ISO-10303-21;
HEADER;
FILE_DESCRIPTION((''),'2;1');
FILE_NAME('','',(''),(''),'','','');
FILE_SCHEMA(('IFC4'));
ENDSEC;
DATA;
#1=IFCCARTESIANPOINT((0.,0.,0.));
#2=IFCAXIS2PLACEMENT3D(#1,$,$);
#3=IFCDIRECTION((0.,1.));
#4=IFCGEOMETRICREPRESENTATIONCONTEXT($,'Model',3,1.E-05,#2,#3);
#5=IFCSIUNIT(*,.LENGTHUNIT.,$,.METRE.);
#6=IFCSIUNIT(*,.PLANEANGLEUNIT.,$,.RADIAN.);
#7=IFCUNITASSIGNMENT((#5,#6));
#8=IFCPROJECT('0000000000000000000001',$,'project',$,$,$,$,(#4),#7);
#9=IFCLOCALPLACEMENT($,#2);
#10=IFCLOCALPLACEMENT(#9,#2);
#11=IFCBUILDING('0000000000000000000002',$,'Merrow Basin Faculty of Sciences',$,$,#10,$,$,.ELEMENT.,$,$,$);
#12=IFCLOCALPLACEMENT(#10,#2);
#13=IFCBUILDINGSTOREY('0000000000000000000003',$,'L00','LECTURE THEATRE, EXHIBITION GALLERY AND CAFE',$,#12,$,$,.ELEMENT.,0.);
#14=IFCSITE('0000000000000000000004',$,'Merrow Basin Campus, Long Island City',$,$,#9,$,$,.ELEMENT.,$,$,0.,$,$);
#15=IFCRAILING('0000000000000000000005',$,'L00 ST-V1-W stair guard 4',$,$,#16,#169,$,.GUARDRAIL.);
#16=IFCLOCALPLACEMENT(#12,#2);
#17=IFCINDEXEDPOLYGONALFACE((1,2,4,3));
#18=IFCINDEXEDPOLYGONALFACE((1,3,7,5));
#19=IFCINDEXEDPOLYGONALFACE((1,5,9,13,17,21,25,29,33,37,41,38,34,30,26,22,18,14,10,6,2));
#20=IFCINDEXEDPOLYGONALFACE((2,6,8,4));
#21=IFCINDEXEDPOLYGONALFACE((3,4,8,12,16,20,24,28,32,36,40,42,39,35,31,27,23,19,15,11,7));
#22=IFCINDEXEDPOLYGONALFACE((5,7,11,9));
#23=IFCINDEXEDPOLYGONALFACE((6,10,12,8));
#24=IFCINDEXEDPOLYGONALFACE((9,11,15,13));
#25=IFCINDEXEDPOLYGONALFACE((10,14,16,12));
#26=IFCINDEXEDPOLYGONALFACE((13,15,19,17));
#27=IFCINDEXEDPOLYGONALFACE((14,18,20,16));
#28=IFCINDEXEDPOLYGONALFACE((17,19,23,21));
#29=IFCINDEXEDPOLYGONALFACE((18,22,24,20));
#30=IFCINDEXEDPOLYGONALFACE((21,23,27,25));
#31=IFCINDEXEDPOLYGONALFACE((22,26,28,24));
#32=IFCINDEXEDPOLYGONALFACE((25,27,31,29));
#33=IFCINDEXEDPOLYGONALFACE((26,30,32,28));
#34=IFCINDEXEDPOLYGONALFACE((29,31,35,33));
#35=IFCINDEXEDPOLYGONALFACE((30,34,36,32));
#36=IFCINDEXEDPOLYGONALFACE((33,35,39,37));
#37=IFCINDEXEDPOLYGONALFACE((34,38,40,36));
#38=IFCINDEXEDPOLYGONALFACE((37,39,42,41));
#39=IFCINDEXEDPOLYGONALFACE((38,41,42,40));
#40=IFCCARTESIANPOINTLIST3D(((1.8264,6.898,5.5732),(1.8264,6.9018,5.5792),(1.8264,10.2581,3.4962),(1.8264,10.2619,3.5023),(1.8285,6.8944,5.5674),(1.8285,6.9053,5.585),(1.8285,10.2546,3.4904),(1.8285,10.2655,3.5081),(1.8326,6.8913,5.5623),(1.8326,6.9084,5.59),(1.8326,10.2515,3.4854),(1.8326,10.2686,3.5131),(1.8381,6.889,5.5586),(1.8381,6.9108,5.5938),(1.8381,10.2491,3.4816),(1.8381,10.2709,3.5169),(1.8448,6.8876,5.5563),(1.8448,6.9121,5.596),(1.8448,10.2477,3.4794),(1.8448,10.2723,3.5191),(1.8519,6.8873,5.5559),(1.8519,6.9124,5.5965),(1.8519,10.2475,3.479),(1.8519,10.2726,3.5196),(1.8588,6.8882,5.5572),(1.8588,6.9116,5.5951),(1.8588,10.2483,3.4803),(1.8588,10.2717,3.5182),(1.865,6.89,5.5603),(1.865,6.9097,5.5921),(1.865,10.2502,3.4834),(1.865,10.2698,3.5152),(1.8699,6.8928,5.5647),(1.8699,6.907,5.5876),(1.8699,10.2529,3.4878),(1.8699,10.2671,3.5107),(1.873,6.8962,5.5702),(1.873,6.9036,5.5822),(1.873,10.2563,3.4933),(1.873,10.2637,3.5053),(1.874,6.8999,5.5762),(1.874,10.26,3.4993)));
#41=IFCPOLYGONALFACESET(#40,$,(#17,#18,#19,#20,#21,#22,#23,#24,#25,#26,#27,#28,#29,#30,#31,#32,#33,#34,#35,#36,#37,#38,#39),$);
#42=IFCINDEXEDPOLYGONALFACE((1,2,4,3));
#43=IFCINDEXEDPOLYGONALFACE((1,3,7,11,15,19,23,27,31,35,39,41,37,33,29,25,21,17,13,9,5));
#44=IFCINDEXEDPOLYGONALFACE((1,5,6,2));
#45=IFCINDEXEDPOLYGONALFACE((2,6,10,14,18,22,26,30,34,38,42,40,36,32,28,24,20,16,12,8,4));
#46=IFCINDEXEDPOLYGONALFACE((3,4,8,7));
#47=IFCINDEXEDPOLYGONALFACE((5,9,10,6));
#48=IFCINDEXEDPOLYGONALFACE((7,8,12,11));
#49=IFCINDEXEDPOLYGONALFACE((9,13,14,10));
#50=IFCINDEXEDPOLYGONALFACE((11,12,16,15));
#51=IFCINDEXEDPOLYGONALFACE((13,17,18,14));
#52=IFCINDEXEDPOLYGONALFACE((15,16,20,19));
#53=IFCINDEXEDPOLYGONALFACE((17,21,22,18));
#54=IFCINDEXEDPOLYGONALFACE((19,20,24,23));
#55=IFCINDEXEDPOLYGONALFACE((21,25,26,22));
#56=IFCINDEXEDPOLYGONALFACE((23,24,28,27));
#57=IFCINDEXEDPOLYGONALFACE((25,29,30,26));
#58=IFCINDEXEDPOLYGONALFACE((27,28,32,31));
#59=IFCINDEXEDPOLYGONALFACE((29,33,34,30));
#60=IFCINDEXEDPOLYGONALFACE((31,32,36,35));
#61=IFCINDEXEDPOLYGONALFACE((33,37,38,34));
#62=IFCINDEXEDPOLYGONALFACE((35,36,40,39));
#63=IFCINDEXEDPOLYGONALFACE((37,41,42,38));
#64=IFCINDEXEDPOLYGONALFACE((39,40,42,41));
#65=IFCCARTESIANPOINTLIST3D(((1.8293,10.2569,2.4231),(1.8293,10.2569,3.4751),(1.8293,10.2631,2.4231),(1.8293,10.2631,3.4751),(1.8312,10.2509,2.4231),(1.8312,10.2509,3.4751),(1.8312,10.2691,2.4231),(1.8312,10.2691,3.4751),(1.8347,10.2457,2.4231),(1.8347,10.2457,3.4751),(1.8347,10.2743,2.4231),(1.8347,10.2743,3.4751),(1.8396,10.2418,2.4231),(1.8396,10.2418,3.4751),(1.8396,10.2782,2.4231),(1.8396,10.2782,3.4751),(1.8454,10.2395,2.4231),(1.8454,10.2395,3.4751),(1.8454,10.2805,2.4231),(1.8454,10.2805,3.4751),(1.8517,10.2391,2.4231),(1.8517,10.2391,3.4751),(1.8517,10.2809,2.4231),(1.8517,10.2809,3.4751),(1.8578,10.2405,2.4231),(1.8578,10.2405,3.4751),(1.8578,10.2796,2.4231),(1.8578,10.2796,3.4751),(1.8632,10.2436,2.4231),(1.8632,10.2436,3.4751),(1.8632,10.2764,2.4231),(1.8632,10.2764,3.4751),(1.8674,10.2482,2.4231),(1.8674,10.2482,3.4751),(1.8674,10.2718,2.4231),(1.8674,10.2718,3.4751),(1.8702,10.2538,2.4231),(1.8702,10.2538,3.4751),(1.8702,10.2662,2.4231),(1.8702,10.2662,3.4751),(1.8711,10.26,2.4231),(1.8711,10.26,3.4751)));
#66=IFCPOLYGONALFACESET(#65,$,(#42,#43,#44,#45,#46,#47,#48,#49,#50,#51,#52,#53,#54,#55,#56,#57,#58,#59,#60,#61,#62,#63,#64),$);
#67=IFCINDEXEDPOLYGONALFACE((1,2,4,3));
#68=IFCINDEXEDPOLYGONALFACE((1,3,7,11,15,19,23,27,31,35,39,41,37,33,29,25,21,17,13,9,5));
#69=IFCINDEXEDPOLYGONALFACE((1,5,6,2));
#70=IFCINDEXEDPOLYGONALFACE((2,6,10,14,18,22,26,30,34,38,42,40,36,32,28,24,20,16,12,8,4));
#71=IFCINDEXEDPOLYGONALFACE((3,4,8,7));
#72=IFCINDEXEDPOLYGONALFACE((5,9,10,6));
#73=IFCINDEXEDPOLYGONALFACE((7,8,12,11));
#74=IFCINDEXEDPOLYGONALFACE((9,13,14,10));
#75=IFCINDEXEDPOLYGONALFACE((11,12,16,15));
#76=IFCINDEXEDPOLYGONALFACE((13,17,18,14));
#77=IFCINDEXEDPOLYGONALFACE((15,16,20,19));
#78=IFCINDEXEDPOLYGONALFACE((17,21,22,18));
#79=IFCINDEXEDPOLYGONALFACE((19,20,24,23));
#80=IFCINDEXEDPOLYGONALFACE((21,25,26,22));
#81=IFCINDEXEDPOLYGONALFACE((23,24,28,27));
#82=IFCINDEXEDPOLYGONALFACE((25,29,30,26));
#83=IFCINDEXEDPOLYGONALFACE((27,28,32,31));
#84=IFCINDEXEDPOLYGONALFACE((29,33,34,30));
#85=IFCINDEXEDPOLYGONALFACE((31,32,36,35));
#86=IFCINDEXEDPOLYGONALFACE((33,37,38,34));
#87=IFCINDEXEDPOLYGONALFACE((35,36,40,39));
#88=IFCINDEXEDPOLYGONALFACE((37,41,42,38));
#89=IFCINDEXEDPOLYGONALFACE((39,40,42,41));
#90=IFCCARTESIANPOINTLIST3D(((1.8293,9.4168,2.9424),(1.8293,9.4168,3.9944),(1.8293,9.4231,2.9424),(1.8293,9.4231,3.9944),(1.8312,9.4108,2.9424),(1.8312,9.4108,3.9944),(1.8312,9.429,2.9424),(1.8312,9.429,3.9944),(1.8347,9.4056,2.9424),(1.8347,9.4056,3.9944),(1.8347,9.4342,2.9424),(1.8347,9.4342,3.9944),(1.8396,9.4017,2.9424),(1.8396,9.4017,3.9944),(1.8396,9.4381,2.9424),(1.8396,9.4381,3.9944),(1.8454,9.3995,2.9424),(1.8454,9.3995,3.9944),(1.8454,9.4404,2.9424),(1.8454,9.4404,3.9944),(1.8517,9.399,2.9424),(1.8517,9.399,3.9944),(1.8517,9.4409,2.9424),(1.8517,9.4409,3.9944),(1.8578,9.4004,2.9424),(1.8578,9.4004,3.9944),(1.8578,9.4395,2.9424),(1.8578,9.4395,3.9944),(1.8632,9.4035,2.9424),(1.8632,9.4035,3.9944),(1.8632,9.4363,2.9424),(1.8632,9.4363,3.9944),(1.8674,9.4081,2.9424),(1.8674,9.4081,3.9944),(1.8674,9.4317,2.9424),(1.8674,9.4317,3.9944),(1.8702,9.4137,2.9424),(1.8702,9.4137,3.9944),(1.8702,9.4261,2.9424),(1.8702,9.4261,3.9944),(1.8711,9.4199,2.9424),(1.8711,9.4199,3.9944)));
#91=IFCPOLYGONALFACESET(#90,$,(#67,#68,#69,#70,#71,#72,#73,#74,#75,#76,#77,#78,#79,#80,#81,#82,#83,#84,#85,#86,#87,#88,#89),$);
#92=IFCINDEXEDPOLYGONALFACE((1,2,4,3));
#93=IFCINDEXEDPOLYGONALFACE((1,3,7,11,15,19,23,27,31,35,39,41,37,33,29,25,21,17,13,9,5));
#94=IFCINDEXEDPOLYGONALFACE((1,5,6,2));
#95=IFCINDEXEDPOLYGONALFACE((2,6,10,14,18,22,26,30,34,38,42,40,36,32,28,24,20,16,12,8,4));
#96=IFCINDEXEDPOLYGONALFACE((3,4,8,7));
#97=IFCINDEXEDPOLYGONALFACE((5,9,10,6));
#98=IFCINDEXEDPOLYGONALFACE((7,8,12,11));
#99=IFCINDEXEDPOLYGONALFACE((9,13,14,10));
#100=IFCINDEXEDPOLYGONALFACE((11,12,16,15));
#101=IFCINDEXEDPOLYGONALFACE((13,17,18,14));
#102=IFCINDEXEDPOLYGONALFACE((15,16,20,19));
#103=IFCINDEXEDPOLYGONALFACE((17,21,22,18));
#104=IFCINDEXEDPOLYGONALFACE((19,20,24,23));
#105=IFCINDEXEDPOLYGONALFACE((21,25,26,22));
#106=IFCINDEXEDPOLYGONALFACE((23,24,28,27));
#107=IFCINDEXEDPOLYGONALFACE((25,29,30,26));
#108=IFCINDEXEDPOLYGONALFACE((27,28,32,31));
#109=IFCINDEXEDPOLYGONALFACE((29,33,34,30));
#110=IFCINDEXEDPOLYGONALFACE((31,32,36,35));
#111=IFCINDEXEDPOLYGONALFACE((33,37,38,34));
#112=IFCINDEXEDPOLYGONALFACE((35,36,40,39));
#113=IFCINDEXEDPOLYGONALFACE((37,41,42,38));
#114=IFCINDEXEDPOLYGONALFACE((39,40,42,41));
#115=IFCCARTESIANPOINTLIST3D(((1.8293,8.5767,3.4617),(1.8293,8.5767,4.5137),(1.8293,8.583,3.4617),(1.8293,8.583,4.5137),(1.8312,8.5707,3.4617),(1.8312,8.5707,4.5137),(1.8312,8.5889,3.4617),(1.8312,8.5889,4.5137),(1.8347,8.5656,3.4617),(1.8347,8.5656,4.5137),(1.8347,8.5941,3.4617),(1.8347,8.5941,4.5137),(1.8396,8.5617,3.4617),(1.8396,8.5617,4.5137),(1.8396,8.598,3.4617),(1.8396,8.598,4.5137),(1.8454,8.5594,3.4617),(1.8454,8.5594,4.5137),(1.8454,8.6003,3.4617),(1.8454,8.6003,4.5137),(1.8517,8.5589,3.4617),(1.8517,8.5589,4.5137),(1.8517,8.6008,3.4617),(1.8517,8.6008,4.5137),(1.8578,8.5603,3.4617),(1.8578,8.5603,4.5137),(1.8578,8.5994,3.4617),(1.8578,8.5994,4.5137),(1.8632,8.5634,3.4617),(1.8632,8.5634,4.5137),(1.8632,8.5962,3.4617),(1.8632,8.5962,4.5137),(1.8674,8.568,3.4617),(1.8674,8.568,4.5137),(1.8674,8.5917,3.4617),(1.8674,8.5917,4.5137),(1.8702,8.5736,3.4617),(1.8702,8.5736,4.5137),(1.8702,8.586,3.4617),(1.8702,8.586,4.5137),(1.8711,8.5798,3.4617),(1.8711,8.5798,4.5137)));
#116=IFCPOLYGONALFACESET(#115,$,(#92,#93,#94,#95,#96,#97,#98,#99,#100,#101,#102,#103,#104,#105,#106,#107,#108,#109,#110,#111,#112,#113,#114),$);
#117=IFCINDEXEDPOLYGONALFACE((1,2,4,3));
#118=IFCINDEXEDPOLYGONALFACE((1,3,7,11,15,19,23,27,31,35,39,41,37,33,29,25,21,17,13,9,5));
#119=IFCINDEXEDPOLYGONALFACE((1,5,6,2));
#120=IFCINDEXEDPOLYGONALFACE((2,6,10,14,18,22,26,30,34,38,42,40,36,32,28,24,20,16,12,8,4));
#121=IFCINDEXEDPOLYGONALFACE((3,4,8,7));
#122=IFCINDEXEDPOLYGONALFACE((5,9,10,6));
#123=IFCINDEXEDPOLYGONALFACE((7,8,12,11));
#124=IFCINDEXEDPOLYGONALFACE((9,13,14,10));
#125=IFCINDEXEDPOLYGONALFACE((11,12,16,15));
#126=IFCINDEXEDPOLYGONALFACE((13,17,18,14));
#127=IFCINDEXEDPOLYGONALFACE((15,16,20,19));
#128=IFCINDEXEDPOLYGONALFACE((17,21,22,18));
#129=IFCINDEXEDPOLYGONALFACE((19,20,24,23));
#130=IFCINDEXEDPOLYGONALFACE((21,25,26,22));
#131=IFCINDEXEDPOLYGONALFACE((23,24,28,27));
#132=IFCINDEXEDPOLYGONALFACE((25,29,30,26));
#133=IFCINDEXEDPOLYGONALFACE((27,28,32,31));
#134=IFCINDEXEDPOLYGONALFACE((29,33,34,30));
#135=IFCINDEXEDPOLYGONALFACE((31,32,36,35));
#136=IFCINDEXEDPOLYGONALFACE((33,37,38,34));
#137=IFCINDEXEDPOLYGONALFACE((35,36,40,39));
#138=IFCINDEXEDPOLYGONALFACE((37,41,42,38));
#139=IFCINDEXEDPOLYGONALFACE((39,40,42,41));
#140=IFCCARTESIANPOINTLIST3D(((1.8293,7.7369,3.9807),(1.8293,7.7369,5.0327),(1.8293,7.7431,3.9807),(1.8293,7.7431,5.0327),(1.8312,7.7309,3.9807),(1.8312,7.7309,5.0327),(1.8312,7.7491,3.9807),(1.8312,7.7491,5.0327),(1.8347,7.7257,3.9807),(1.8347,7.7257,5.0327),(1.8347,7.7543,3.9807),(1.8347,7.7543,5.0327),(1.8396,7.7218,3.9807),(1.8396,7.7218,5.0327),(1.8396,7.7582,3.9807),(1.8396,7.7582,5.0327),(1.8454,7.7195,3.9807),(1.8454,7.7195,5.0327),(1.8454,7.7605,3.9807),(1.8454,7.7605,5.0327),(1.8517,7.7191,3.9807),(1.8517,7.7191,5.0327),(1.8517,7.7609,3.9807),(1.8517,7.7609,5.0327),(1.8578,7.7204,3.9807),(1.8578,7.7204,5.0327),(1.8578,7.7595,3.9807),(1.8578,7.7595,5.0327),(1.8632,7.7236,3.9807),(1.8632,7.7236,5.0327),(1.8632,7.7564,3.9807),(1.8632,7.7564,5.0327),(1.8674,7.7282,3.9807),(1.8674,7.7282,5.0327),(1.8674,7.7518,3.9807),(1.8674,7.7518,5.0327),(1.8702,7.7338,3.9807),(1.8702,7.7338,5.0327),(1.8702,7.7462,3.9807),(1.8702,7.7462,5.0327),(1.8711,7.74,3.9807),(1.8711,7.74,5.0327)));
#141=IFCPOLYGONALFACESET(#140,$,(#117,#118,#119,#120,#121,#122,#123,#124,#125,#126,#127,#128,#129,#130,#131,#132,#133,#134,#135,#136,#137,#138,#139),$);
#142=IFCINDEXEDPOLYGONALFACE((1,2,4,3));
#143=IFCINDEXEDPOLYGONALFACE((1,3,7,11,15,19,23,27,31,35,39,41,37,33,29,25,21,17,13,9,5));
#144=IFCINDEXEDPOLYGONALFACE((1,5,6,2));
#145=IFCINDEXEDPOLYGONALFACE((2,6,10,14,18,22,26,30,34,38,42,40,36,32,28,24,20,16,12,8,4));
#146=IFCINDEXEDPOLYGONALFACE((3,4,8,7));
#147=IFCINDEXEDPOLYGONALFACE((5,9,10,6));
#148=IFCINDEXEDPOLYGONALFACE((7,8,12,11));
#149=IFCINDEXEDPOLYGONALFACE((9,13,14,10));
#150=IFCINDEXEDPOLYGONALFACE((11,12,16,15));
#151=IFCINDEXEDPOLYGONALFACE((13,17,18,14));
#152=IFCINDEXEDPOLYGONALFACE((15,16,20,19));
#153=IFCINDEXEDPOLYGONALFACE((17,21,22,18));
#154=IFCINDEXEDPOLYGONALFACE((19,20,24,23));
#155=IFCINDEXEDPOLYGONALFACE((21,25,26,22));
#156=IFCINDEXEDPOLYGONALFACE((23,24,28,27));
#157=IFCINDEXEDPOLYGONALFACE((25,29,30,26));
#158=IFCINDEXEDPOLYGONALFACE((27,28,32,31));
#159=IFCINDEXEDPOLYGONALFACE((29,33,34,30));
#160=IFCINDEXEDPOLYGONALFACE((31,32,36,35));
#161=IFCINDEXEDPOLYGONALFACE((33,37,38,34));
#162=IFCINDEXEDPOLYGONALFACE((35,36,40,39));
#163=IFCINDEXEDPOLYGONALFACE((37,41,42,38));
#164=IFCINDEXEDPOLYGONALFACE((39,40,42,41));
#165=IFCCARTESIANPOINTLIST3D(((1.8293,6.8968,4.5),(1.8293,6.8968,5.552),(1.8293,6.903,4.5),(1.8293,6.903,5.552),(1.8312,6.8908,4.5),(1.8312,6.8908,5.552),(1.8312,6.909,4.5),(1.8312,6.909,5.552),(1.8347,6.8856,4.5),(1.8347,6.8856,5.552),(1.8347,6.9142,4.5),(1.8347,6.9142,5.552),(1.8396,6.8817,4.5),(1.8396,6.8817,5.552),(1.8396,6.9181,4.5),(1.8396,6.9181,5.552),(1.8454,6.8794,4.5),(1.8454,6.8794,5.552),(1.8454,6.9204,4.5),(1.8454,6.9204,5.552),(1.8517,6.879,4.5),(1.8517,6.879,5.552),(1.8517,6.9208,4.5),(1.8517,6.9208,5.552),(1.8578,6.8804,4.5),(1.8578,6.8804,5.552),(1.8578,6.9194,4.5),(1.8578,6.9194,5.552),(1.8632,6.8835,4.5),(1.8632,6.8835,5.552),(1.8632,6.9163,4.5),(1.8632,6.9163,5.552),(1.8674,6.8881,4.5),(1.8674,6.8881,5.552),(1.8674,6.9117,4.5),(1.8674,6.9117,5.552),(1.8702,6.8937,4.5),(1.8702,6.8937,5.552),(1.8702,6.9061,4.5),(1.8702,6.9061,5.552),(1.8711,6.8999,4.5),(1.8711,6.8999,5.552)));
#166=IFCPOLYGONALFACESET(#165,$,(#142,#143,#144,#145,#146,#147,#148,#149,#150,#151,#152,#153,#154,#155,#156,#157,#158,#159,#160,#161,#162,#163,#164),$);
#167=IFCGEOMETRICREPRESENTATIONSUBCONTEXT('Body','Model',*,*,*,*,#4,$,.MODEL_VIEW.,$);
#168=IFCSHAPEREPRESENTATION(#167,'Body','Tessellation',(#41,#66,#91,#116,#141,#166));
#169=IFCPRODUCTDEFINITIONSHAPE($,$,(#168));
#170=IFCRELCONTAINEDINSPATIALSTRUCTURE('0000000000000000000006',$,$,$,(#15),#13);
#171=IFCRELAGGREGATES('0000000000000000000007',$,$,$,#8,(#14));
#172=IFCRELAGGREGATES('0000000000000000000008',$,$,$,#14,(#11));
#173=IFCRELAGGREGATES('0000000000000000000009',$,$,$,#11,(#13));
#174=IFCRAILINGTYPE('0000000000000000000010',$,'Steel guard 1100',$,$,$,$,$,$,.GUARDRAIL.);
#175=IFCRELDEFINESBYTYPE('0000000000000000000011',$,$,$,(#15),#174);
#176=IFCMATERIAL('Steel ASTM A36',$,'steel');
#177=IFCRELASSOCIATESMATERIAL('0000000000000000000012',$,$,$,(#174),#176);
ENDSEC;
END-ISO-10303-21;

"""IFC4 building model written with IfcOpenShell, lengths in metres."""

from ifc_helpers import new_model, si_unit, direction, frame, origin, origin_2d, place, context, subcontext, project, spatial, circle, extrude, material, type_object, element, save


model = new_model("IFC4")

# Units and contexts
model_context = context("Model", 3, precision=1e-05, world=origin(), true_north=direction((0.0, 1.0)))
body_context = subcontext(model_context, "Body", "Model", "MODEL_VIEW")
ifc_project = project(units=[si_unit("LENGTHUNIT", "METRE"), si_unit("PLANEANGLEUNIT", "RADIAN")], contexts=[model_context])

# Site, building, storey
site_placement = place(None, origin())
site = spatial("IfcSite", under=ifc_project, at=site_placement, Name="Merrow Basin Campus, Long Island City", CompositionType="ELEMENT", RefElevation=0.0)
building_placement = place(site_placement, origin())
building = spatial("IfcBuilding", under=site, at=building_placement, Name="Merrow Basin Faculty of Sciences", CompositionType="ELEMENT")
storey_placement = place(building_placement, origin())
storey = spatial("IfcBuildingStorey", under=building, at=storey_placement, Name="L00", Description="LECTURE THEATRE, EXHIBITION GALLERY AND CAFE", CompositionType="ELEMENT", Elevation=0.0)

# Railing
ifc_material_1 = material(Name="Steel ASTM A36", Category="steel")
railing_type_1 = type_object("IfcRailingType", Name="Steel guard 1100", PredefinedType="GUARDRAIL", material=ifc_material_1)
railing_1_placement = place(storey_placement, frame((1.8501, 10.26, 2.4231)))
element("IfcRailing", 1, at=railing_1_placement, inside=storey, type_object=railing_type_1, Name="L00 ST-V1-W stair guard 4", PredefinedType="GUARDRAIL", context=body_context, shape_type="SweptSolid", body=[
    extrude(circle(Radius=0.0239, at=origin_2d()), frame((0.0, 0.0, 1.0762), z_axis=(0.0, -0.850623, 0.525776), x_axis=(1.0, 0.0, 0.0)), (0.0, 0.0, 1.0), 3.9502),
    extrude(circle(Radius=0.021, at=origin_2d()), origin(), (0.0, 0.0, 1.0), 1.052),
    extrude(circle(Radius=0.021, at=origin_2d()), frame((0.0, -0.8401, 0.5193)), (0.0, 0.0, 1.0), 1.052),
    extrude(circle(Radius=0.021, at=origin_2d()), frame((0.0, -1.6802, 1.0386)), (0.0, 0.0, 1.0), 1.052),
    extrude(circle(Radius=0.021, at=origin_2d()), frame((0.0, -2.52, 1.5576)), (0.0, 0.0, 1.0), 1.052),
    extrude(circle(Radius=0.021, at=origin_2d()), frame((0.0, -3.3601, 2.0769)), (0.0, 0.0, 1.0), 1.052),
])

save(model, "model.ifc")
